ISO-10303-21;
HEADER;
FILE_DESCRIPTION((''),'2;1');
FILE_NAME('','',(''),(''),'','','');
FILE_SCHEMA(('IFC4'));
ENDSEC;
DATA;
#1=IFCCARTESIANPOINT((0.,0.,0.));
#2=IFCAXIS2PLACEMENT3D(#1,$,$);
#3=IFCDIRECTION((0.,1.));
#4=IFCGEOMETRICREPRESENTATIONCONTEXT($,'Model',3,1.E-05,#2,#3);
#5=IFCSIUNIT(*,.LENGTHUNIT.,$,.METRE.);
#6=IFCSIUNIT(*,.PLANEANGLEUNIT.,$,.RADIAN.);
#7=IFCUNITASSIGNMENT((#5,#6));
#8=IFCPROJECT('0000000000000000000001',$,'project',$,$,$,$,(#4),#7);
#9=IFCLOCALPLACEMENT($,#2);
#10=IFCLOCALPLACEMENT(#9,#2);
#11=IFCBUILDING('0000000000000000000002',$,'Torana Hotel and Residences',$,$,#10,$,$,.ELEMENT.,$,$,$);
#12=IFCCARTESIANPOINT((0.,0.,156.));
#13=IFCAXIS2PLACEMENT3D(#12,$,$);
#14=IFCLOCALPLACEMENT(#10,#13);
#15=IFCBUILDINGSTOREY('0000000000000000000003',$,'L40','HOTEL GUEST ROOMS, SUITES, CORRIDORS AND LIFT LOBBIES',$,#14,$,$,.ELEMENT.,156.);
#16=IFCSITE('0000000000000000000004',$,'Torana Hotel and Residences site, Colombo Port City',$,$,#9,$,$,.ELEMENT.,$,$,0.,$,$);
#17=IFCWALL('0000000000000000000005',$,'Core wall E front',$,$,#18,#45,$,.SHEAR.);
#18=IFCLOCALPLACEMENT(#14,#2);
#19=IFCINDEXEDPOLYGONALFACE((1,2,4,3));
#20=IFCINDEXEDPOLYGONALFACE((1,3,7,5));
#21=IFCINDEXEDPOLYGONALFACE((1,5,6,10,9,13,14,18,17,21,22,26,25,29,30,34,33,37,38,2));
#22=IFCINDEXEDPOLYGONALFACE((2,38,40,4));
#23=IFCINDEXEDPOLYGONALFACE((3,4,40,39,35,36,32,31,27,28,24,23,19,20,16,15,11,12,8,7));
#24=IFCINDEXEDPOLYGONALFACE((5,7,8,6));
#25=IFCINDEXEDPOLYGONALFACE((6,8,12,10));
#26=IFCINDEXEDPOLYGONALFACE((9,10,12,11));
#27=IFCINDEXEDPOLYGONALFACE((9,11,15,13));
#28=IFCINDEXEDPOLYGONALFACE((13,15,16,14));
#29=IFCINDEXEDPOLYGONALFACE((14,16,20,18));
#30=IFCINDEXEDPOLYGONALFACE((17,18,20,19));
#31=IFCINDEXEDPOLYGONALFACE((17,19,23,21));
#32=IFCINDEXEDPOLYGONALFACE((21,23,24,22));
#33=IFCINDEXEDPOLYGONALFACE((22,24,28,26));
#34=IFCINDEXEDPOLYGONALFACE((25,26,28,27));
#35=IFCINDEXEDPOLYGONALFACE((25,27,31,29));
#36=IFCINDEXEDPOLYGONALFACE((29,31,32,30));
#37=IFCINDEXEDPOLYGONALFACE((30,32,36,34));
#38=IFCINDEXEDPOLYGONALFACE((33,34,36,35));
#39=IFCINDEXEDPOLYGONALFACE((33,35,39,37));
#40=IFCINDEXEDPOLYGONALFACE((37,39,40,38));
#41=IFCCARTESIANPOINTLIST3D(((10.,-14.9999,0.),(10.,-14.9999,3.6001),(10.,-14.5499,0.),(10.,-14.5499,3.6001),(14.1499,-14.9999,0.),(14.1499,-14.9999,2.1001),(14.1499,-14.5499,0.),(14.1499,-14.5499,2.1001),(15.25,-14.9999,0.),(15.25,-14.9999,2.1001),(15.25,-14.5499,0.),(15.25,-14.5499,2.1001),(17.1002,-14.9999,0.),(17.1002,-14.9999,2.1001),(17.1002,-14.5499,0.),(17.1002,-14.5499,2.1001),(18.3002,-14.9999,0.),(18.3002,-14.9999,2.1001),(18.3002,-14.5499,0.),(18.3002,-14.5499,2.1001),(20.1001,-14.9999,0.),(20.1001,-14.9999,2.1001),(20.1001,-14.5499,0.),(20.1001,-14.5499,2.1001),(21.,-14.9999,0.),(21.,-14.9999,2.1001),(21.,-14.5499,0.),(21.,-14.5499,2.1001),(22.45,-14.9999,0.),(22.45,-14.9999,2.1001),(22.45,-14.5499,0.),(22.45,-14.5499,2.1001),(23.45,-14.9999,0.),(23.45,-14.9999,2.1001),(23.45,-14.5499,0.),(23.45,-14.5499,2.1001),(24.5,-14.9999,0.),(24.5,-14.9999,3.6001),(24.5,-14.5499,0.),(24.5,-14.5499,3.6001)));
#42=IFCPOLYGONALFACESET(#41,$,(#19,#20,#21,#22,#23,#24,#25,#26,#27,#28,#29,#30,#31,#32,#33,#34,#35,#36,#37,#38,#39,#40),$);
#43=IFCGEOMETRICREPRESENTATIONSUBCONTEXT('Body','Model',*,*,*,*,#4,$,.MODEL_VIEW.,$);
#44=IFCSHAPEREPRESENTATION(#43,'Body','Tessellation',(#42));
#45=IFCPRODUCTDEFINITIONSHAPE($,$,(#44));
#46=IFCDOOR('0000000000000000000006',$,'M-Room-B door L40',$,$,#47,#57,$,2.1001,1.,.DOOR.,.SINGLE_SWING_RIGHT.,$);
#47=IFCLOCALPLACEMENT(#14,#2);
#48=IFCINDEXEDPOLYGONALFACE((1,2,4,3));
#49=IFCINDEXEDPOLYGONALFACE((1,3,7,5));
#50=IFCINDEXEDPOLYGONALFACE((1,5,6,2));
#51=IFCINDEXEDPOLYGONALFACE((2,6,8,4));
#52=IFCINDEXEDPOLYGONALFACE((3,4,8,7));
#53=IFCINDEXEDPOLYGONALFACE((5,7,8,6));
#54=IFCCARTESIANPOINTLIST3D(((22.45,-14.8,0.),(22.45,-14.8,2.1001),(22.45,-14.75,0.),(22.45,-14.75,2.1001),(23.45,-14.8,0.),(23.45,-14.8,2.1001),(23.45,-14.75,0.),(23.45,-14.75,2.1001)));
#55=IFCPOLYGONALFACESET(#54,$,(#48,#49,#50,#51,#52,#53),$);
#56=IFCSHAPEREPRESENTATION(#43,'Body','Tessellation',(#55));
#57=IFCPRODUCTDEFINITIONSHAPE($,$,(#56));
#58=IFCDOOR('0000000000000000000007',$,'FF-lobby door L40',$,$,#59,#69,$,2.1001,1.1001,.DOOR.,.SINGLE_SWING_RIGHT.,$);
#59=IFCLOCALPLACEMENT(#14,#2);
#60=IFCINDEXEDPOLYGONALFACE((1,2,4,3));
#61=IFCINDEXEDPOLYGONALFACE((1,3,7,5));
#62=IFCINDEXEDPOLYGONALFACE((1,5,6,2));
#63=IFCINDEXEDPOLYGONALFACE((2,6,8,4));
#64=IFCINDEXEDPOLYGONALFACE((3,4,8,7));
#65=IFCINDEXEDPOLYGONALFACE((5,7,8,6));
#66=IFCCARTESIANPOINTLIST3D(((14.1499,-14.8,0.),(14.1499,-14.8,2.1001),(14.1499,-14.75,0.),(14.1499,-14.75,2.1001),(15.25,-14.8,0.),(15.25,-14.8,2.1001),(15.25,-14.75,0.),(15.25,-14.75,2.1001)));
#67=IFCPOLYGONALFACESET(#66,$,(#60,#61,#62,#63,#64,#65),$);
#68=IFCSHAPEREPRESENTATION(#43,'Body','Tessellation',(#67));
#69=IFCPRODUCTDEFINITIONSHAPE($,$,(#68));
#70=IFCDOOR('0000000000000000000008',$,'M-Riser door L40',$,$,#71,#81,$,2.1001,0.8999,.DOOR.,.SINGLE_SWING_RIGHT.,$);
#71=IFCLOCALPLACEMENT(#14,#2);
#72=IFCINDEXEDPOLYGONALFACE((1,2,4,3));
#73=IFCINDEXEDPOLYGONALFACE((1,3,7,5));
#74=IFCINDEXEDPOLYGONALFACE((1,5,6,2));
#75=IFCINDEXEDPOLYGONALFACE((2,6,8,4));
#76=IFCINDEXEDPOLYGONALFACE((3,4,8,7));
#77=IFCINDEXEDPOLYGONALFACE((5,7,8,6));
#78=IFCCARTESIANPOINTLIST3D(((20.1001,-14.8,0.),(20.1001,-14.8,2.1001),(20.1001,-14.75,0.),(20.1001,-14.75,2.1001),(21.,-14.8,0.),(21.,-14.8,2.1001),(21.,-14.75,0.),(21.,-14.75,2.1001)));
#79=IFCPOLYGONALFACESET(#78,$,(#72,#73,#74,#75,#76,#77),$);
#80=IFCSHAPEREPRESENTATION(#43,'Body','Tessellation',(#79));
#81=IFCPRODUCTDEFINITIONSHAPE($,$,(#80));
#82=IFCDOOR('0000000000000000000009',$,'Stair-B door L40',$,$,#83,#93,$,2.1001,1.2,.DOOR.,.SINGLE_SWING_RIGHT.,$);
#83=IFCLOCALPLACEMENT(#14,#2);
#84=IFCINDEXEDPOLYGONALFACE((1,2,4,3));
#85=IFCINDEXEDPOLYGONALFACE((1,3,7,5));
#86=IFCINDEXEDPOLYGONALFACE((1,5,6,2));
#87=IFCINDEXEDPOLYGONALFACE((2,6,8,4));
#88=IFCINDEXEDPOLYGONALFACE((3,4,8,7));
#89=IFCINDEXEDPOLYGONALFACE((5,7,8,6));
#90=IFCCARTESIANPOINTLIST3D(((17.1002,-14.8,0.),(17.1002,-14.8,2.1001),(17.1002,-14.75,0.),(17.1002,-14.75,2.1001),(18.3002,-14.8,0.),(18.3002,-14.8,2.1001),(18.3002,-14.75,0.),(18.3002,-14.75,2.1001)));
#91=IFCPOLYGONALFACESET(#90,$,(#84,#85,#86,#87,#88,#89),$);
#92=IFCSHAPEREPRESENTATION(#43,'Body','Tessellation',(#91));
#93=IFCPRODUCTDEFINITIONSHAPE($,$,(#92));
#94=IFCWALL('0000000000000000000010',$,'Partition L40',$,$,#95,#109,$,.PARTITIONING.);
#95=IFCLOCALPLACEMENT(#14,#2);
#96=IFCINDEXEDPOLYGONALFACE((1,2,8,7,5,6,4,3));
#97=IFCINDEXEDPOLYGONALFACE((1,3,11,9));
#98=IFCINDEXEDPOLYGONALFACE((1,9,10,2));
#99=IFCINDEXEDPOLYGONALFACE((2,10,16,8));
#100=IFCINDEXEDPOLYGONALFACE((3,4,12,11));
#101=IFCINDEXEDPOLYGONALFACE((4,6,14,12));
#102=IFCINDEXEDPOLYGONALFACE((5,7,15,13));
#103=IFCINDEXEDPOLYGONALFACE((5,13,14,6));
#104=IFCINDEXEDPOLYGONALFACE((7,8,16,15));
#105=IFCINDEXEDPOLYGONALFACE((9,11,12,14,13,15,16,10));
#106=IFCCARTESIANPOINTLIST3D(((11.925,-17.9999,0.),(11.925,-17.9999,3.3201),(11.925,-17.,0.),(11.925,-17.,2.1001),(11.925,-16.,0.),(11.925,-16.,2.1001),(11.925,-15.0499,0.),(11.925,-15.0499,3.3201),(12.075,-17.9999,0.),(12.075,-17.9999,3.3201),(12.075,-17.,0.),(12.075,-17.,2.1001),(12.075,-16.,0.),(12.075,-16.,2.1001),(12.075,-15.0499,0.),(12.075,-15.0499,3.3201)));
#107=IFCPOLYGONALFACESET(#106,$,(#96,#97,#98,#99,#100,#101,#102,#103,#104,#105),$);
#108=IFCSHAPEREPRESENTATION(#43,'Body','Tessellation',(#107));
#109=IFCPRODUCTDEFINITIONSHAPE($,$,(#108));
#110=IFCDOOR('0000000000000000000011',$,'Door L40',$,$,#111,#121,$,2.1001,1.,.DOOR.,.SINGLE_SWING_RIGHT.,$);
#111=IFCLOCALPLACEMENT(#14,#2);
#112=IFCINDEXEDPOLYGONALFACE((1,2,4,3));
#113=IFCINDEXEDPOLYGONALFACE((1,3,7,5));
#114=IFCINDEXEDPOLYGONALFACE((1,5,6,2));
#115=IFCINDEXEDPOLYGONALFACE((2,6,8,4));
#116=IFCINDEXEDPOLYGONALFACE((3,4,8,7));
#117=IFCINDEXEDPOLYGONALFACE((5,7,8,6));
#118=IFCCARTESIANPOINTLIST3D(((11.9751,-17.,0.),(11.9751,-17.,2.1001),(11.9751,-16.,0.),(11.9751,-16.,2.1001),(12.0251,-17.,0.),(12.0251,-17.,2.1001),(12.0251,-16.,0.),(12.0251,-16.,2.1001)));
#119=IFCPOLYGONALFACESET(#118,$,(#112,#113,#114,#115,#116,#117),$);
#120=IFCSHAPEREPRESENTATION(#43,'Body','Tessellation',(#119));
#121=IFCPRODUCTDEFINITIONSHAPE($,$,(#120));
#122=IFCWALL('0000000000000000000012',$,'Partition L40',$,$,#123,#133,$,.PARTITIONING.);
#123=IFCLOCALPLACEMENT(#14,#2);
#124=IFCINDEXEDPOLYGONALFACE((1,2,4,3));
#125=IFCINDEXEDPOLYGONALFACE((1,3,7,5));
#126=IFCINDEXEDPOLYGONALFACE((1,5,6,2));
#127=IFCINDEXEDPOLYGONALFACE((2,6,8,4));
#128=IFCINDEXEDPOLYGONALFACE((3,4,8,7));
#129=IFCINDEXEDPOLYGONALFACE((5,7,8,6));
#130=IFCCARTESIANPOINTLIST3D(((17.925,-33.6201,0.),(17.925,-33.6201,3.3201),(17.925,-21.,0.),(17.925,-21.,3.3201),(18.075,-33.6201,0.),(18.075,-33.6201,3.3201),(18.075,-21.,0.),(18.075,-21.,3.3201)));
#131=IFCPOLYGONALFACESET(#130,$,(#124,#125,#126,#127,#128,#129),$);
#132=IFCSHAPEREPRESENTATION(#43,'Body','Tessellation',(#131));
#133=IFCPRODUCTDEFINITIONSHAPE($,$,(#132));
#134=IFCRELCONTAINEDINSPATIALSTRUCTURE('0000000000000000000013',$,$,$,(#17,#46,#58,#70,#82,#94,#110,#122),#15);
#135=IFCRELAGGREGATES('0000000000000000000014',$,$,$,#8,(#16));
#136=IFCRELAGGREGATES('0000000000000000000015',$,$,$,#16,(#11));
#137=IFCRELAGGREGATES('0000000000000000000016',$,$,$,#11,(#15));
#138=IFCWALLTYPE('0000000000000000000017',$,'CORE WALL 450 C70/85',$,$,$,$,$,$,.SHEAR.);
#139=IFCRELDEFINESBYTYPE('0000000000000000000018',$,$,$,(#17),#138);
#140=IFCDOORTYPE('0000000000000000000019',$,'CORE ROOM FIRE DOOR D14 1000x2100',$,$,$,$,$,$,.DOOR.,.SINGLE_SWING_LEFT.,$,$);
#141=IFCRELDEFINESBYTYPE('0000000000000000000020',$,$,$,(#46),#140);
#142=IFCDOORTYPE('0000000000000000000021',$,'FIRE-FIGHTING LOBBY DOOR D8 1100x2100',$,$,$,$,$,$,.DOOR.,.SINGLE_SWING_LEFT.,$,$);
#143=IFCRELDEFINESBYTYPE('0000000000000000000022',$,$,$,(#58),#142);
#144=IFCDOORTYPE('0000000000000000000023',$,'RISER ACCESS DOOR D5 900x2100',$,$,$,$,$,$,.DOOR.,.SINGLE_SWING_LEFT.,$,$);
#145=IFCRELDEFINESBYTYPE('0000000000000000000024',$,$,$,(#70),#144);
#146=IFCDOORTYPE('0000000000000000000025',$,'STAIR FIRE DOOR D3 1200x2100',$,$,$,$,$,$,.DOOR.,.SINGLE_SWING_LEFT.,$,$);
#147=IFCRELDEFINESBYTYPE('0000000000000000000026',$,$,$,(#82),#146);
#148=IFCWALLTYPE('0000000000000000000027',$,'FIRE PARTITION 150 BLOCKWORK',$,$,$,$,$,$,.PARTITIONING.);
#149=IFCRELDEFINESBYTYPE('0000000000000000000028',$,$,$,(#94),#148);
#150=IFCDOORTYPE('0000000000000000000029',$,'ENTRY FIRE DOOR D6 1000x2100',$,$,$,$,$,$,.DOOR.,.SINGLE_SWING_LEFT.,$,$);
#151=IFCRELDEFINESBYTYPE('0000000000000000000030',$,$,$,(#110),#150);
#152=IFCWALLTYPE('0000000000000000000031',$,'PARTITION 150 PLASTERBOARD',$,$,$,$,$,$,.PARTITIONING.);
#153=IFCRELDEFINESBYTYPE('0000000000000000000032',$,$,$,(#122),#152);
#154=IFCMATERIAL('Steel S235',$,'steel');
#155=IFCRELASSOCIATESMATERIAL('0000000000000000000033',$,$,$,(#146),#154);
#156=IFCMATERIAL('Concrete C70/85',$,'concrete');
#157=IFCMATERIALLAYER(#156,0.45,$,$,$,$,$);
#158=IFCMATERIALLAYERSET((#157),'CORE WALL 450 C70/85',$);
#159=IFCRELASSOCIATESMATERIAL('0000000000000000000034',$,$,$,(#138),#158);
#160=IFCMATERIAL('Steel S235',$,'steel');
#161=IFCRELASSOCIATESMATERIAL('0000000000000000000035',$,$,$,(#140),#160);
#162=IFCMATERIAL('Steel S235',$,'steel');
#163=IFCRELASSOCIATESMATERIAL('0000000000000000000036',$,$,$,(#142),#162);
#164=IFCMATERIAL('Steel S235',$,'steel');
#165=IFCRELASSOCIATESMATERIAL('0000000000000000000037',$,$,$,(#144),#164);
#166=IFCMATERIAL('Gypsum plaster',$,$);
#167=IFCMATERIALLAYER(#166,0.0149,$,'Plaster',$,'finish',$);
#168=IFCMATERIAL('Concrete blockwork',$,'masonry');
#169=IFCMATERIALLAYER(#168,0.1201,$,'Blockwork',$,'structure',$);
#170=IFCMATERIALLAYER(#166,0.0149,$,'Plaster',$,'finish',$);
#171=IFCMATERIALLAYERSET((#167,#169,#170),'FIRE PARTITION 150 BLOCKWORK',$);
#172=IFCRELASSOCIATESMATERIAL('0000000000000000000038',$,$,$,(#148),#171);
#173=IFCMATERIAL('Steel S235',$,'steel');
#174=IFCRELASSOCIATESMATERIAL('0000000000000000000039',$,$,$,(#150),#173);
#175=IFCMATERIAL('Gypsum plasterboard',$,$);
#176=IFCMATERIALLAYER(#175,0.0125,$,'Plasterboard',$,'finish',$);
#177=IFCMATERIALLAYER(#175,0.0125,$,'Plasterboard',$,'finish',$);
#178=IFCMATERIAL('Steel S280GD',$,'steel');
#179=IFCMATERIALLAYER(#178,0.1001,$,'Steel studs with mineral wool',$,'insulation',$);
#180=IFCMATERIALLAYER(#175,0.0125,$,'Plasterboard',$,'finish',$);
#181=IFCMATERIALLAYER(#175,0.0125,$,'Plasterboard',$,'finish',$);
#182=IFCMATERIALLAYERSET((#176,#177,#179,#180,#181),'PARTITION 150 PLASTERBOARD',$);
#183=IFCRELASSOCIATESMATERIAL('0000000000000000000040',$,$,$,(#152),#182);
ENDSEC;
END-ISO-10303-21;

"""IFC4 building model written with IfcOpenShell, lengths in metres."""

from ifc_helpers import new_model, si_unit, direction, frame, frame_2d, origin, place, context, subcontext, project, spatial, rectangle, extrude, material, layer, layer_set, type_object, element, fill, save


model = new_model("IFC4")

# Units and contexts
model_context = context("Model", 3, precision=1e-05, world=origin(), true_north=direction((0.0, 1.0)))
body_context = subcontext(model_context, "Body", "Model", "MODEL_VIEW")
ifc_project = project(units=[si_unit("LENGTHUNIT", "METRE"), si_unit("PLANEANGLEUNIT", "RADIAN")], contexts=[model_context])

# Site, building, storey
site_placement = place(None, origin())
site = spatial("IfcSite", under=ifc_project, at=site_placement, Name="Torana Hotel and Residences site, Colombo Port City", CompositionType="ELEMENT", RefElevation=0.0)
building_placement = place(site_placement, origin())
building = spatial("IfcBuilding", under=site, at=building_placement, Name="Torana Hotel and Residences", CompositionType="ELEMENT")
storey_placement = place(building_placement, frame((0.0, 0.0, 156.0)))
storey = spatial("IfcBuildingStorey", under=building, at=storey_placement, Name="L40", Description="HOTEL GUEST ROOMS, SUITES, CORRIDORS AND LIFT LOBBIES", CompositionType="ELEMENT", Elevation=156.0)

# Shared definitions
ifc_material_1 = material(Name="Steel S235", Category="steel")
door_type_1 = type_object("IfcDoorType", Name="STAIR FIRE DOOR D3 1200x2100", OperationType="SINGLE_SWING_LEFT", PredefinedType="DOOR", material=ifc_material_1)

# Wall, openings, doors
ifc_material_2 = material(Name="Concrete C70/85", Category="concrete")
ifc_layer_1 = layer(ifc_material_2, 0.45)
ifc_layer_set_1 = layer_set([ifc_layer_1], Name="CORE WALL 450 C70/85")
wall_type_1 = type_object("IfcWallType", Name="CORE WALL 450 C70/85", PredefinedType="SHEAR", material=ifc_layer_set_1)
wall_1_placement = place(storey_placement, frame((10.0, -14.7749, 0.0), z_axis=(0.0, 0.0, 1.0), x_axis=(1.0, 0.0, 0.0)))
wall_1 = element("IfcWall", 1, at=wall_1_placement, inside=storey, type_object=wall_type_1, Name="Core wall E front", PredefinedType="SHEAR", context=body_context, shape_type="SweptSolid", body=[
    extrude(rectangle(XDim=14.5, YDim=0.45, at=frame_2d((7.25, 0.0))), origin(), (0.0, 0.0, 1.0), 3.6001),
])
opening_1_placement = place(wall_1_placement, frame((7.1001, 0.0, 0.0)))
opening_1 = element("IfcOpeningElement", 2, at=opening_1_placement, cuts=wall_1, PredefinedType="OPENING", context=body_context, shape_type="SweptSolid", body=[
    extrude(rectangle(XDim=1.2, YDim=2.1001, at=frame_2d((0.6001, 1.05))), frame((0.0, 0.2349, 0.0), z_axis=(0.0, -1.0, 0.0), x_axis=(1.0, 0.0, 0.0)), (0.0, 0.0, 1.0), 0.47),
])
opening_2_placement = place(wall_1_placement, frame((4.1499, 0.0, 0.0)))
opening_2 = element("IfcOpeningElement", 3, at=opening_2_placement, cuts=wall_1, PredefinedType="OPENING", context=body_context, shape_type="SweptSolid", body=[
    extrude(rectangle(XDim=1.1001, YDim=2.1001, at=frame_2d((0.55, 1.05))), frame((0.0, 0.2349, 0.0), z_axis=(0.0, -1.0, 0.0), x_axis=(1.0, 0.0, 0.0)), (0.0, 0.0, 1.0), 0.47),
])
opening_3_placement = place(wall_1_placement, frame((10.1001, 0.0, 0.0)))
opening_3 = element("IfcOpeningElement", 4, at=opening_3_placement, cuts=wall_1, PredefinedType="OPENING", context=body_context, shape_type="SweptSolid", body=[
    extrude(rectangle(XDim=0.8999, YDim=2.1001, at=frame_2d((0.45, 1.05))), frame((0.0, 0.2349, 0.0), z_axis=(0.0, -1.0, 0.0), x_axis=(1.0, 0.0, 0.0)), (0.0, 0.0, 1.0), 0.47),
])
opening_4_placement = place(wall_1_placement, frame((12.45, 0.0, 0.0)))
opening_4 = element("IfcOpeningElement", 5, at=opening_4_placement, cuts=wall_1, PredefinedType="OPENING", context=body_context, shape_type="SweptSolid", body=[
    extrude(rectangle(XDim=1.0, YDim=2.1001, at=frame_2d((0.5, 1.05))), frame((0.0, 0.2349, 0.0), z_axis=(0.0, -1.0, 0.0), x_axis=(1.0, 0.0, 0.0)), (0.0, 0.0, 1.0), 0.47),
])
ifc_material_3 = material(Name="Steel S235", Category="steel")
door_type_2 = type_object("IfcDoorType", Name="CORE ROOM FIRE DOOR D14 1000x2100", OperationType="SINGLE_SWING_LEFT", PredefinedType="DOOR", material=ifc_material_3)
door_1_placement = place(opening_4_placement, origin())
door_1 = element("IfcDoor", 6, at=door_1_placement, inside=storey, type_object=door_type_2, Name="M-Room-B door L40", OperationType="SINGLE_SWING_RIGHT", OverallHeight=2.1001, OverallWidth=1.0, PredefinedType="DOOR", context=body_context, shape_type="SweptSolid", body=[
    extrude(rectangle(XDim=1.0, YDim=2.1001, at=frame_2d((0.5, 1.05))), frame((0.0, 0.0249, 0.0), z_axis=(0.0, -1.0, 0.0), x_axis=(1.0, 0.0, 0.0)), (0.0, 0.0, 1.0), 0.05),
])
fill(opening_4, door_1)
ifc_material_4 = material(Name="Steel S235", Category="steel")
door_type_3 = type_object("IfcDoorType", Name="FIRE-FIGHTING LOBBY DOOR D8 1100x2100", OperationType="SINGLE_SWING_LEFT", PredefinedType="DOOR", material=ifc_material_4)
door_2_placement = place(opening_2_placement, origin())
door_2 = element("IfcDoor", 7, at=door_2_placement, inside=storey, type_object=door_type_3, Name="FF-lobby door L40", OperationType="SINGLE_SWING_RIGHT", OverallHeight=2.1001, OverallWidth=1.1001, PredefinedType="DOOR", context=body_context, shape_type="SweptSolid", body=[
    extrude(rectangle(XDim=1.1001, YDim=2.1001, at=frame_2d((0.55, 1.05))), frame((0.0, 0.0249, 0.0), z_axis=(0.0, -1.0, 0.0), x_axis=(1.0, 0.0, 0.0)), (0.0, 0.0, 1.0), 0.05),
])
fill(opening_2, door_2)
ifc_material_5 = material(Name="Steel S235", Category="steel")
door_type_4 = type_object("IfcDoorType", Name="RISER ACCESS DOOR D5 900x2100", OperationType="SINGLE_SWING_LEFT", PredefinedType="DOOR", material=ifc_material_5)
door_3_placement = place(opening_3_placement, origin())
door_3 = element("IfcDoor", 8, at=door_3_placement, inside=storey, type_object=door_type_4, Name="M-Riser door L40", OperationType="SINGLE_SWING_RIGHT", OverallHeight=2.1001, OverallWidth=0.8999, PredefinedType="DOOR", context=body_context, shape_type="SweptSolid", body=[
    extrude(rectangle(XDim=0.8999, YDim=2.1001, at=frame_2d((0.45, 1.05))), frame((0.0, 0.0249, 0.0), z_axis=(0.0, -1.0, 0.0), x_axis=(1.0, 0.0, 0.0)), (0.0, 0.0, 1.0), 0.05),
])
fill(opening_3, door_3)
door_4_placement = place(opening_1_placement, origin())
door_4 = element("IfcDoor", 9, at=door_4_placement, inside=storey, type_object=door_type_1, Name="Stair-B door L40", OperationType="SINGLE_SWING_RIGHT", OverallHeight=2.1001, OverallWidth=1.2, PredefinedType="DOOR", context=body_context, shape_type="SweptSolid", body=[
    extrude(rectangle(XDim=1.2, YDim=2.1001, at=frame_2d((0.6001, 1.05))), frame((0.0, 0.0249, 0.0), z_axis=(0.0, -1.0, 0.0), x_axis=(1.0, 0.0, 0.0)), (0.0, 0.0, 1.0), 0.05),
])
fill(opening_1, door_4)

# Wall, opening, door
ifc_material_6 = material(Name="Gypsum plaster")
ifc_layer_2 = layer(ifc_material_6, 0.0149, Name="Plaster", Category="finish")
ifc_material_7 = material(Name="Concrete blockwork", Category="masonry")
ifc_layer_3 = layer(ifc_material_7, 0.1201, Name="Blockwork", Category="structure")
ifc_layer_4 = layer(ifc_material_6, 0.0149, Name="Plaster", Category="finish")
ifc_layer_set_2 = layer_set([ifc_layer_2, ifc_layer_3, ifc_layer_4], Name="FIRE PARTITION 150 BLOCKWORK")
wall_type_2 = type_object("IfcWallType", Name="FIRE PARTITION 150 BLOCKWORK", PredefinedType="PARTITIONING", material=ifc_layer_set_2)
wall_2_placement = place(storey_placement, frame((12.0, -18.0, 0.0), z_axis=(0.0, 0.0, 1.0), x_axis=(0.0, 1.0, 0.0)))
wall_2 = element("IfcWall", 10, at=wall_2_placement, inside=storey, type_object=wall_type_2, Name="Partition L40", PredefinedType="PARTITIONING", context=body_context, shape_type="SweptSolid", body=[
    extrude(rectangle(XDim=2.95, YDim=0.1499, at=frame_2d((1.4751, 0.0))), origin(), (0.0, 0.0, 1.0), 3.3201),
])
opening_5_placement = place(wall_2_placement, frame((1.0, 0.0, 0.0)))
opening_5 = element("IfcOpeningElement", 11, at=opening_5_placement, cuts=wall_2, PredefinedType="OPENING", context=body_context, shape_type="SweptSolid", body=[
    extrude(rectangle(XDim=1.0, YDim=2.1001, at=frame_2d((0.5, 1.05))), frame((0.0, 0.085, 0.0), z_axis=(0.0, -1.0, 0.0), x_axis=(1.0, 0.0, 0.0)), (0.0, 0.0, 1.0), 0.1699),
])
ifc_material_8 = material(Name="Steel S235", Category="steel")
door_type_5 = type_object("IfcDoorType", Name="ENTRY FIRE DOOR D6 1000x2100", OperationType="SINGLE_SWING_LEFT", PredefinedType="DOOR", material=ifc_material_8)
door_5_placement = place(opening_5_placement, origin())
door_5 = element("IfcDoor", 12, at=door_5_placement, inside=storey, type_object=door_type_5, Name="Door L40", OperationType="SINGLE_SWING_RIGHT", OverallHeight=2.1001, OverallWidth=1.0, PredefinedType="DOOR", context=body_context, shape_type="SweptSolid", body=[
    extrude(rectangle(XDim=1.0, YDim=2.1001, at=frame_2d((0.5, 1.05))), frame((0.0, 0.0249, 0.0), z_axis=(0.0, -1.0, 0.0), x_axis=(1.0, 0.0, 0.0)), (0.0, 0.0, 1.0), 0.05),
])
fill(opening_5, door_5)

# Wall
ifc_material_9 = material(Name="Gypsum plasterboard")
ifc_layer_5 = layer(ifc_material_9, 0.0125, Name="Plasterboard", Category="finish")
ifc_layer_6 = layer(ifc_material_9, 0.0125, Name="Plasterboard", Category="finish")
ifc_material_10 = material(Name="Steel S280GD", Category="steel")
ifc_layer_7 = layer(ifc_material_10, 0.1001, Name="Steel studs with mineral wool", Category="insulation")
ifc_layer_8 = layer(ifc_material_9, 0.0125, Name="Plasterboard", Category="finish")
ifc_layer_9 = layer(ifc_material_9, 0.0125, Name="Plasterboard", Category="finish")
ifc_layer_set_3 = layer_set([ifc_layer_5, ifc_layer_6, ifc_layer_7, ifc_layer_8, ifc_layer_9], Name="PARTITION 150 PLASTERBOARD")
wall_type_3 = type_object("IfcWallType", Name="PARTITION 150 PLASTERBOARD", PredefinedType="PARTITIONING", material=ifc_layer_set_3)
wall_3_placement = place(storey_placement, frame((18.0, -33.6201, 0.0), z_axis=(0.0, 0.0, 1.0), x_axis=(0.0, 1.0, 0.0)))
element("IfcWall", 13, at=wall_3_placement, inside=storey, type_object=wall_type_3, Name="Partition L40", PredefinedType="PARTITIONING", context=body_context, shape_type="SweptSolid", body=[
    extrude(rectangle(XDim=12.6201, YDim=0.1499, at=frame_2d((6.3101, 0.0))), origin(), (0.0, 0.0, 1.0), 3.3201),
])

save(model, "model.ifc")
